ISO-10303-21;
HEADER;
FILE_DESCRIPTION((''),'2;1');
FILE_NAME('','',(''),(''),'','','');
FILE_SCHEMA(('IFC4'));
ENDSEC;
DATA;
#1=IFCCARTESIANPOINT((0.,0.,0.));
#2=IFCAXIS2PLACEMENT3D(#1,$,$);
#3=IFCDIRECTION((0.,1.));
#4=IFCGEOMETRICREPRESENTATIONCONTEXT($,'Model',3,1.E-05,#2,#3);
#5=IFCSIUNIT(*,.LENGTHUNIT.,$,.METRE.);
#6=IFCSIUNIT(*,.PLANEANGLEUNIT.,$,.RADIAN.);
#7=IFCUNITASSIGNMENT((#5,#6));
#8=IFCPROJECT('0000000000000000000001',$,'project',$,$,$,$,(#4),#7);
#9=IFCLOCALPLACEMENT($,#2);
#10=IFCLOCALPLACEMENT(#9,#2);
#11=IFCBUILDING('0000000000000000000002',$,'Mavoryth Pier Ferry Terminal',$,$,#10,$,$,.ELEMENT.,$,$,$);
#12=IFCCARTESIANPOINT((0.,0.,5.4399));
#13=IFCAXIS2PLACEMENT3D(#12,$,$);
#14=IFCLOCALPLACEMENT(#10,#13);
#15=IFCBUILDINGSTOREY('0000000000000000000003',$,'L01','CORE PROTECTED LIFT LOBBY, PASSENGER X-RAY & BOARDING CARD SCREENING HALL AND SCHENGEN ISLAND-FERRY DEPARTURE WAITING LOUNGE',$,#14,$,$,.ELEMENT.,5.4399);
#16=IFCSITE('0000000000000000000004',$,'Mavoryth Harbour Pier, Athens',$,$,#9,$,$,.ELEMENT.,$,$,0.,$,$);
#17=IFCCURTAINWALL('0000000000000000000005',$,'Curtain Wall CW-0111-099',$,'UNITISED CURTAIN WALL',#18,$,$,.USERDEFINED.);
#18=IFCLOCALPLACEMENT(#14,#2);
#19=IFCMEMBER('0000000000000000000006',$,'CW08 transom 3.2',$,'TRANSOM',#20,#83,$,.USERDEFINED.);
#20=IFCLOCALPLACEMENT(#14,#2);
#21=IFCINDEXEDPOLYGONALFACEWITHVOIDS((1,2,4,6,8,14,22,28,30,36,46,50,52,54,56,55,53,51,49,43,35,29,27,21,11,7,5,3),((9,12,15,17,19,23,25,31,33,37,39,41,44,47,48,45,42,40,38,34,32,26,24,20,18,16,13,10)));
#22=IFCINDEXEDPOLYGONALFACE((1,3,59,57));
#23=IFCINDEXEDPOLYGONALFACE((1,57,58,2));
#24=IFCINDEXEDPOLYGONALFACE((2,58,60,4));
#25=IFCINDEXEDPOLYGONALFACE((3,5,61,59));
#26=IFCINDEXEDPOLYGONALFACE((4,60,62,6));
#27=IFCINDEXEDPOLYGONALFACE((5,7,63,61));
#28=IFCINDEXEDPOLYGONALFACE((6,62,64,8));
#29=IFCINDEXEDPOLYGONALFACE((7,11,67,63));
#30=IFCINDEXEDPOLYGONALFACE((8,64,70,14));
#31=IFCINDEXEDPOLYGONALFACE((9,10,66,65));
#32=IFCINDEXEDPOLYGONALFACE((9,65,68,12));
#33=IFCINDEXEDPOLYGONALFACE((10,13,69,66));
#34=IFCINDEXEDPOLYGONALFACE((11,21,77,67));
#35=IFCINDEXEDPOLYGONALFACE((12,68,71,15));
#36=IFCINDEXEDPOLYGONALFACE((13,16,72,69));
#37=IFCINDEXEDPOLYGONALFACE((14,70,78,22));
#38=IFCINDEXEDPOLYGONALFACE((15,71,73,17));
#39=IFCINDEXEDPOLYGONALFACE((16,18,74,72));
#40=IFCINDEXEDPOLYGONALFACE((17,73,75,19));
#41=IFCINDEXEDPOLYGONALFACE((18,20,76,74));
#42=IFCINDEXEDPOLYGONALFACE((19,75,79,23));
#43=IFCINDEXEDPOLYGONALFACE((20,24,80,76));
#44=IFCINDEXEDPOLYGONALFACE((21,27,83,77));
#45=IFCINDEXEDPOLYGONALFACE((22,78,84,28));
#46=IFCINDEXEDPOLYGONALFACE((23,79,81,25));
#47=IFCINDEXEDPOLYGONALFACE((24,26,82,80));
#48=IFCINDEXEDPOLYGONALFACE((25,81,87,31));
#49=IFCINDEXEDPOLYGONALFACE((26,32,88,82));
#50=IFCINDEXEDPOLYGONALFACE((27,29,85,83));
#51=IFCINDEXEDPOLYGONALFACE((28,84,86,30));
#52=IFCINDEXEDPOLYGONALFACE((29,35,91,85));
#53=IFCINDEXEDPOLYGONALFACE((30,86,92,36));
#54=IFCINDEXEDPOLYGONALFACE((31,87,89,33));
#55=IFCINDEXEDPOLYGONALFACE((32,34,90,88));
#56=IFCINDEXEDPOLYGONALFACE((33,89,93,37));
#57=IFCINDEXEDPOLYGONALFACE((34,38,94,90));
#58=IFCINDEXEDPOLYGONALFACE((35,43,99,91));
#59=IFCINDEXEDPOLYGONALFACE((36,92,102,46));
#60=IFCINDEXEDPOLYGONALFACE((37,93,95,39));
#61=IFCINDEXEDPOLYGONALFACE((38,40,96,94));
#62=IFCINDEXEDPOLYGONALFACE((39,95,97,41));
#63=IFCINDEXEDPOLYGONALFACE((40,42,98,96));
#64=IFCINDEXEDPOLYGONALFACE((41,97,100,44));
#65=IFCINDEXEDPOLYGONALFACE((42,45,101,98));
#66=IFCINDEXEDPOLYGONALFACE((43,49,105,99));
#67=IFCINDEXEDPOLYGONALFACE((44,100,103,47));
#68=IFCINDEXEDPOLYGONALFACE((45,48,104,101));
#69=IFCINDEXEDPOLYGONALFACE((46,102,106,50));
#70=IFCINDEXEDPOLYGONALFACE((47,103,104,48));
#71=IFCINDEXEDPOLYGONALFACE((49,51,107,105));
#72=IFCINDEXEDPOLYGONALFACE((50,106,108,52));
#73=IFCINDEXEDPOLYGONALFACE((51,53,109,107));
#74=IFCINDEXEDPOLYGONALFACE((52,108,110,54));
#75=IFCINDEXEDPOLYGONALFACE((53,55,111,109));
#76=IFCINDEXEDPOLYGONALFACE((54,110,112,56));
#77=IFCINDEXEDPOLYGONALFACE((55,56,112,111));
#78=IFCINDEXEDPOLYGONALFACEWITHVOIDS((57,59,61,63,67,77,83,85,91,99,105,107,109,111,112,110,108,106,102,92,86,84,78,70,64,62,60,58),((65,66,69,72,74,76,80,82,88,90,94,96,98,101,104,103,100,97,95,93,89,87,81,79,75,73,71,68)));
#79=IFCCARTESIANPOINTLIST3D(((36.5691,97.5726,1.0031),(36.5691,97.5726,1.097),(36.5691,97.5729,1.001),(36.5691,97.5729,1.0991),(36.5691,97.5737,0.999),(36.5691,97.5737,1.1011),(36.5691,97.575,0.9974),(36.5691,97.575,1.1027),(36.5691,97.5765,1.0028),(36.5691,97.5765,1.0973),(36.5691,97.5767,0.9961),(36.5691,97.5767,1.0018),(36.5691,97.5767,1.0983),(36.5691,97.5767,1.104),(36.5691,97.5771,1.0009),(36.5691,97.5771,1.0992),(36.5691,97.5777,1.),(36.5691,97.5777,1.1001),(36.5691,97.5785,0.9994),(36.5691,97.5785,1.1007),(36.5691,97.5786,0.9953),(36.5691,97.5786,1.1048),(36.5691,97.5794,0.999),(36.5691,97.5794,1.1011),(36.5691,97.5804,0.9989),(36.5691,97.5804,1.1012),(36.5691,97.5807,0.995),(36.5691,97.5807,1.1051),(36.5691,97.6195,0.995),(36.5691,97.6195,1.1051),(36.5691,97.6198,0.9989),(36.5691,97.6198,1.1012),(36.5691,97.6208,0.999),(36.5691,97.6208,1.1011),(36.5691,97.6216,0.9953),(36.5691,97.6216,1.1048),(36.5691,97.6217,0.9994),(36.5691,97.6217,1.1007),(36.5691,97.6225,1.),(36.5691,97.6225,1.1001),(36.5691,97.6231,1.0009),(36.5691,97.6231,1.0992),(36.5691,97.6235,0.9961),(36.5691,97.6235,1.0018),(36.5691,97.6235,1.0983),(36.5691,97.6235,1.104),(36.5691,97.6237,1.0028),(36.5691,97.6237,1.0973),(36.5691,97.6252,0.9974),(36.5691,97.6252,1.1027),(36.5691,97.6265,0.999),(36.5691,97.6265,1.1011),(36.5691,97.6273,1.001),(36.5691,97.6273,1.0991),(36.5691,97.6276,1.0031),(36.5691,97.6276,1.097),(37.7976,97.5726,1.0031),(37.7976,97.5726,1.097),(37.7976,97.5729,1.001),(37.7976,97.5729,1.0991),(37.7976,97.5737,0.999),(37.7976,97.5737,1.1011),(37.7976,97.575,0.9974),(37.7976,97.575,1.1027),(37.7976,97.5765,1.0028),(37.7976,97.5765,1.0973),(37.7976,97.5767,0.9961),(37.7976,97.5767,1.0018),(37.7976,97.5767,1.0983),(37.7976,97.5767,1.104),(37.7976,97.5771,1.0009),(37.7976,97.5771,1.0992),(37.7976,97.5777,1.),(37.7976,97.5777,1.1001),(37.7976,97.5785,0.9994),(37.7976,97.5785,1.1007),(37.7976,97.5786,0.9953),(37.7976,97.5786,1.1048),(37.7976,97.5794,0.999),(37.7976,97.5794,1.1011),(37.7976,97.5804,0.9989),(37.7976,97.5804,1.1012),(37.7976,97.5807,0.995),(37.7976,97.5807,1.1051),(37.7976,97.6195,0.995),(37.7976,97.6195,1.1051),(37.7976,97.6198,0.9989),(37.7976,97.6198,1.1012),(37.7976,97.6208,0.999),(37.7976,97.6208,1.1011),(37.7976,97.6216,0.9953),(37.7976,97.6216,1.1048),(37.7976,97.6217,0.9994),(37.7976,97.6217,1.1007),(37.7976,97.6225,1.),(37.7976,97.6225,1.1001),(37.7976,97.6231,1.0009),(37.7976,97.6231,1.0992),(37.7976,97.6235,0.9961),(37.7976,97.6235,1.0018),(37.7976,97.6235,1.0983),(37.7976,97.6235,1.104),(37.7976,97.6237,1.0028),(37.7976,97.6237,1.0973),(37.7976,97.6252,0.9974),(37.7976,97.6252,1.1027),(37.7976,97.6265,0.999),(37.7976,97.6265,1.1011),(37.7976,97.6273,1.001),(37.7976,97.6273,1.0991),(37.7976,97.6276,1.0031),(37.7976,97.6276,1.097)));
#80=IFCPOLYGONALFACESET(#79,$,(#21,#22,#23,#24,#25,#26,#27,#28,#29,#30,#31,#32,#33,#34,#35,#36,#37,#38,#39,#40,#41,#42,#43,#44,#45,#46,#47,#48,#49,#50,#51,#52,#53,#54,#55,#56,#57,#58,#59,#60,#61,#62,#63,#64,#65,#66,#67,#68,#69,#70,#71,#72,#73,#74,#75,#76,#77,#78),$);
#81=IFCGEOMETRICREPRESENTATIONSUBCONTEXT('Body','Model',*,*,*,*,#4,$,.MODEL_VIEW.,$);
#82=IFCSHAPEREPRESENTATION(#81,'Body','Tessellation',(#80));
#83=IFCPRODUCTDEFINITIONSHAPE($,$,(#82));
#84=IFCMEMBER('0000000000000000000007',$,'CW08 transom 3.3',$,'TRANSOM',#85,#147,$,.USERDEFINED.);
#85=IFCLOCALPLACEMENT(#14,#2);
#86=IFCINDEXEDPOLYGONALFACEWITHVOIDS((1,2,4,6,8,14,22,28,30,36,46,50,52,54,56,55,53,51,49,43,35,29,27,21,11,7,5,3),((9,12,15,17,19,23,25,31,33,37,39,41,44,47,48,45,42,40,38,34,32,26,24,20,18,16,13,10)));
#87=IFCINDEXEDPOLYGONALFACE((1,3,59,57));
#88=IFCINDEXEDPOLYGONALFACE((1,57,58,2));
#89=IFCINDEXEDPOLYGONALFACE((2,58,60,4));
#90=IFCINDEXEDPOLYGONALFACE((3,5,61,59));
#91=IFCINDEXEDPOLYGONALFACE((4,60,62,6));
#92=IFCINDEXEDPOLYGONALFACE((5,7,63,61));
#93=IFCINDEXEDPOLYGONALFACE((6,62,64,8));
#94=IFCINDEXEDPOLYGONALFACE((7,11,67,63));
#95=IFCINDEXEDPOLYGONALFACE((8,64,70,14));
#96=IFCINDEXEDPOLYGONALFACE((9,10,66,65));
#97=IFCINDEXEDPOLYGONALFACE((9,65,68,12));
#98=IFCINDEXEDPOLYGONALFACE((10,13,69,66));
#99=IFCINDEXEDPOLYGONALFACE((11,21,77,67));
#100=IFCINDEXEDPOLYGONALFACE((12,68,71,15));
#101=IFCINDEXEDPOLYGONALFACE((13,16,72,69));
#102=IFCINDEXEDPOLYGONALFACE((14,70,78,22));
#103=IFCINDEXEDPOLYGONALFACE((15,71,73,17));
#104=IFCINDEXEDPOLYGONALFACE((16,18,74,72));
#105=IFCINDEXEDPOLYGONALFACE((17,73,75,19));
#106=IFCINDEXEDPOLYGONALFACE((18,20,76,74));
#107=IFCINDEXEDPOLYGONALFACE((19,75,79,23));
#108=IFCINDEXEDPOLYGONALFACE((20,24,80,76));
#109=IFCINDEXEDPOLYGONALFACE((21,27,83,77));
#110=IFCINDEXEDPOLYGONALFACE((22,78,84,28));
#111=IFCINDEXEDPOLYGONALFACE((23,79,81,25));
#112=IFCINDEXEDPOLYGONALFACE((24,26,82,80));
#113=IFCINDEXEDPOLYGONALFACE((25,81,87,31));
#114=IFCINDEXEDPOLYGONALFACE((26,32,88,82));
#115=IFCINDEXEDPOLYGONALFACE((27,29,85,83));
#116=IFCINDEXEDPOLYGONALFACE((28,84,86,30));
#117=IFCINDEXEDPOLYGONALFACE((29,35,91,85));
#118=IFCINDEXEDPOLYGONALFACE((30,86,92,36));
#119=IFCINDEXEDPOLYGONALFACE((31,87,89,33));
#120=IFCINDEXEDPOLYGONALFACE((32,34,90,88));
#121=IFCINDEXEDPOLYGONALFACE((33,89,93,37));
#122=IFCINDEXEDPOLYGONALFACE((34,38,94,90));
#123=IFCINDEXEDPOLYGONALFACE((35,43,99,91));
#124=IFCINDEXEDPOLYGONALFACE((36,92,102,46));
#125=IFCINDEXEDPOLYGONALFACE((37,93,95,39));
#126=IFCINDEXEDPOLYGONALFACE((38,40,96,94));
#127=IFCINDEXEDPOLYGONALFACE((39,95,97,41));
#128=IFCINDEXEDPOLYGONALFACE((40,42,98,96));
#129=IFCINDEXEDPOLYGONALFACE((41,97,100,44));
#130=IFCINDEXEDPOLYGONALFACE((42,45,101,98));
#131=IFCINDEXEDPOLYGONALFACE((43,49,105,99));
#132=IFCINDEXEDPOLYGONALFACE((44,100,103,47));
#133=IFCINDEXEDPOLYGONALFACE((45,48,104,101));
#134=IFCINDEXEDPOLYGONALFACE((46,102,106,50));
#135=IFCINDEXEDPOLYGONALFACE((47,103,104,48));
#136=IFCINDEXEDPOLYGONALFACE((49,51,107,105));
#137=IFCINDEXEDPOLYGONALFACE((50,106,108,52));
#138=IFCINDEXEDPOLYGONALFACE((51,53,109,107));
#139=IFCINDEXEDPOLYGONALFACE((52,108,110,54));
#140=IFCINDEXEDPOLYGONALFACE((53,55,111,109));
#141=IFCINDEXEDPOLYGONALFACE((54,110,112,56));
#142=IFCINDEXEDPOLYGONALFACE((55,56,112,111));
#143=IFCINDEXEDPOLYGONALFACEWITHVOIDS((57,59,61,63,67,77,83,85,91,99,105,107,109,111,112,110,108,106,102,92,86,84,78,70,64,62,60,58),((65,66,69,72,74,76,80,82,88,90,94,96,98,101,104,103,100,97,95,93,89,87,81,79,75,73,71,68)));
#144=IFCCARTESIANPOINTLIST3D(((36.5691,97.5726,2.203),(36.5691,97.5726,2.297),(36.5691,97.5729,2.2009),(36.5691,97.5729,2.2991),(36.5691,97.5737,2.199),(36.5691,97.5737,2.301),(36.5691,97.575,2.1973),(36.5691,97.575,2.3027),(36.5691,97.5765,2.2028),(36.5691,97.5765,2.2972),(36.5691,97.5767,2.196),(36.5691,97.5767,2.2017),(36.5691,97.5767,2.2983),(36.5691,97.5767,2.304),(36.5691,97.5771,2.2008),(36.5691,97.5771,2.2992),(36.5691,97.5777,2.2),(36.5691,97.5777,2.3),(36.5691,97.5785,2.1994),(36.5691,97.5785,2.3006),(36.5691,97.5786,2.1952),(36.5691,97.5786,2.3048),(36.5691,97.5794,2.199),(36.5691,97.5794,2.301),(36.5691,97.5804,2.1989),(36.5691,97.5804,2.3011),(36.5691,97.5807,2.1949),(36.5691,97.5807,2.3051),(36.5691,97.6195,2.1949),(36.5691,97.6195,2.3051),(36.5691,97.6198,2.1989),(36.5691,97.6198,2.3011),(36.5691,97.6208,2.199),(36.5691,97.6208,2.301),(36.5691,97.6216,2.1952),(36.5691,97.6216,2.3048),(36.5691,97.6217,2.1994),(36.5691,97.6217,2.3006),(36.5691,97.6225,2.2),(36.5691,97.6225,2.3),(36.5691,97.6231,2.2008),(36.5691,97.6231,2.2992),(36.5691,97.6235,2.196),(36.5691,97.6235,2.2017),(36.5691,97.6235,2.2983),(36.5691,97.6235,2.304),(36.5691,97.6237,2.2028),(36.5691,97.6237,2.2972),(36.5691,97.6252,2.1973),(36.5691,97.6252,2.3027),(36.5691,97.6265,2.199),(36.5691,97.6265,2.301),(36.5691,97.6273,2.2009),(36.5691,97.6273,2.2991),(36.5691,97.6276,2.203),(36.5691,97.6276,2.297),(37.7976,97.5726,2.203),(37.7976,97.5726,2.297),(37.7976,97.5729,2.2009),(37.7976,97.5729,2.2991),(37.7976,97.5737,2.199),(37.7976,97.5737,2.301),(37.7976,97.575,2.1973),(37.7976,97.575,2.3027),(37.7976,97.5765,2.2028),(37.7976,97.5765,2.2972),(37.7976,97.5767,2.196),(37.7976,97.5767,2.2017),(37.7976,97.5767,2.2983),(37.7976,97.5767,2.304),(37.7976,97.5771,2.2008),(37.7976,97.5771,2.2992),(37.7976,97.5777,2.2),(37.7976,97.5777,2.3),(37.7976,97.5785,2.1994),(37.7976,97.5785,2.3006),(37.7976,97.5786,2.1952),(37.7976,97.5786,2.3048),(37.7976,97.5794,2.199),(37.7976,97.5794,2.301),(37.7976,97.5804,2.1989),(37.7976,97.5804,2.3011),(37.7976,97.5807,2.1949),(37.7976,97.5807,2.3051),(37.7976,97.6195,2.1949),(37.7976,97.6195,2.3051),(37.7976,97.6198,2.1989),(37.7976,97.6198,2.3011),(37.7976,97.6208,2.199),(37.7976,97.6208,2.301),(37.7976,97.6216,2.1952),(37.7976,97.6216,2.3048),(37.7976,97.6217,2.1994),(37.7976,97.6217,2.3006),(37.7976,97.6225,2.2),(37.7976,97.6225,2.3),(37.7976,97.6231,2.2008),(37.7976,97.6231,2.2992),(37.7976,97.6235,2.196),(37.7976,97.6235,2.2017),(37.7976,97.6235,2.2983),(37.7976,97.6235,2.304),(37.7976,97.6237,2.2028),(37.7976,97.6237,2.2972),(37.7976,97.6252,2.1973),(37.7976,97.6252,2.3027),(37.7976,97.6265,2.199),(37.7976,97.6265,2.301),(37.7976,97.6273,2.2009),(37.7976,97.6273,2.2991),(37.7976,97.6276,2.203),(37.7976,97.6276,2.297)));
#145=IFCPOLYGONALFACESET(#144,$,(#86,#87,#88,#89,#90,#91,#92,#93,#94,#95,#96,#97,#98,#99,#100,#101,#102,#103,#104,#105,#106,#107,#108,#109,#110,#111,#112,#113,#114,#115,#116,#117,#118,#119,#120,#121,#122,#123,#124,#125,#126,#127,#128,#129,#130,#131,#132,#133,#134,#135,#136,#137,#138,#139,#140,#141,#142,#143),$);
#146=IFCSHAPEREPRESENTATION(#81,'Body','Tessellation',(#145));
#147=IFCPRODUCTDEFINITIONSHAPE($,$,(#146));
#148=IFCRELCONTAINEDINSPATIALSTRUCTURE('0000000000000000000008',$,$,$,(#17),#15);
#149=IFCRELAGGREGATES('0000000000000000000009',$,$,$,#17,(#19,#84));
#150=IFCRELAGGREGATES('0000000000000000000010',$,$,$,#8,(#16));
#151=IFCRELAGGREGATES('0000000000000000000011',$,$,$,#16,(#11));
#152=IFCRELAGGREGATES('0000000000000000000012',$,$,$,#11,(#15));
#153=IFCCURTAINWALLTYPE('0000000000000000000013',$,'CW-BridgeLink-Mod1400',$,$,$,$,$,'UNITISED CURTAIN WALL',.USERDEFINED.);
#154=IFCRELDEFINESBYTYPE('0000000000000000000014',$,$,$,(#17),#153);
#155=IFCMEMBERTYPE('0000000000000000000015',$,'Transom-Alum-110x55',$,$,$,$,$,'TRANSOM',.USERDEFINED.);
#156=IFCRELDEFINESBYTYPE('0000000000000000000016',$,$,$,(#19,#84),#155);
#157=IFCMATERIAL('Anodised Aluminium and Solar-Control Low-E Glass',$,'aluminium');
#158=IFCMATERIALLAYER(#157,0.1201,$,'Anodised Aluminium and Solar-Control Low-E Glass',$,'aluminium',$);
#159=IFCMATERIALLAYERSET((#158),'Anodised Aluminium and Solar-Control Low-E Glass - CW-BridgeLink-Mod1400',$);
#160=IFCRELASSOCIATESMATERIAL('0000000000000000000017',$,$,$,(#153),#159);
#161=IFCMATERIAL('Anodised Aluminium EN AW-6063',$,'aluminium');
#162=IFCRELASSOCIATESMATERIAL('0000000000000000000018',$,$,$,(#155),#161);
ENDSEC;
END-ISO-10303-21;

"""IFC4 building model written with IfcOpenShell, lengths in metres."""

from ifc_helpers import new_model, si_unit, direction, frame, origin, origin_2d, place, context, subcontext, project, spatial, hollow_rectangle, extrude, material, layer, layer_set, material_profile, profile_set, type_object, element, aggregate, save


model = new_model("IFC4")

# Units and contexts
model_context = context("Model", 3, precision=1e-05, world=origin(), true_north=direction((0.0, 1.0)))
body_context = subcontext(model_context, "Body", "Model", "MODEL_VIEW")
ifc_project = project(units=[si_unit("LENGTHUNIT", "METRE"), si_unit("PLANEANGLEUNIT", "RADIAN")], contexts=[model_context])

# Site, building, storey
site_placement = place(None, origin())
site = spatial("IfcSite", under=ifc_project, at=site_placement, Name="Mavoryth Harbour Pier, Athens", CompositionType="ELEMENT", RefElevation=0.0)
building_placement = place(site_placement, origin())
building = spatial("IfcBuilding", under=site, at=building_placement, Name="Mavoryth Pier Ferry Terminal", CompositionType="ELEMENT")
storey_placement = place(building_placement, frame((0.0, 0.0, 5.4399)))
storey = spatial("IfcBuildingStorey", under=building, at=storey_placement, Name="L01", Description="CORE PROTECTED LIFT LOBBY, PASSENGER X-RAY & BOARDING CARD SCREENING HALL AND SCHENGEN ISLAND-FERRY DEPARTURE WAITING LOUNGE", CompositionType="ELEMENT", Elevation=5.4399)

# Shared definitions
ifc_material_1 = material(Name="Anodised Aluminium and Solar-Control Low-E Glass", Category="aluminium")
ifc_layer_1 = layer(ifc_material_1, 0.1201, Name="Anodised Aluminium and Solar-Control Low-E Glass", Category="aluminium")
ifc_layer_set_1 = layer_set([ifc_layer_1], Name="Anodised Aluminium and Solar-Control Low-E Glass - CW-BridgeLink-Mod1400")
curtain_wall_type = type_object("IfcCurtainWallType", Name="CW-BridgeLink-Mod1400", ElementType="UNITISED CURTAIN WALL", PredefinedType="USERDEFINED", material=ifc_layer_set_1)
ifc_material_2 = material(Name="Anodised Aluminium EN AW-6063", Category="aluminium")

# Curtain wall
curtain_wall_1_placement = place(storey_placement, origin())
curtain_wall_1 = element("IfcCurtainWall", 1, at=curtain_wall_1_placement, inside=storey, type_object=curtain_wall_type, Name="Curtain Wall CW-0111-099", ObjectType="UNITISED CURTAIN WALL", PredefinedType="USERDEFINED")

# Members
ifc_material_profile_1 = material_profile(ifc_material_2, hollow_rectangle(XDim=0.0549, YDim=0.1101, WallThickness=0.0039, InnerFilletRadius=0.0039, OuterFilletRadius=0.0081, at=origin_2d()), Name="AL-TRAN 110x55x4", Category="aluminium")
ifc_profile_set_1 = profile_set([ifc_material_profile_1], Name="Anodised Aluminium EN AW-6063 - AL-TRAN 110x55x4")
member_type_1 = type_object("IfcMemberType", Name="Transom-Alum-110x55", ElementType="TRANSOM", PredefinedType="USERDEFINED", material=ifc_profile_set_1)
member_1_placement = place(storey_placement, frame((36.5691, 97.6001, 1.05), z_axis=(1.0, 0.0, 0.0), x_axis=(0.0, 1.0, 0.0)))
member_1 = element("IfcMember", 2, at=member_1_placement, type_object=member_type_1, Name="CW08 transom 3.2", ObjectType="TRANSOM", PredefinedType="USERDEFINED", context=body_context, shape_type="SweptSolid", body=[
    extrude(hollow_rectangle(XDim=0.0549, YDim=0.1101, WallThickness=0.0039, InnerFilletRadius=0.0039, OuterFilletRadius=0.0081, at=origin_2d()), origin(), (0.0, 0.0, 1.0), 1.2285),
])
member_2_placement = place(storey_placement, frame((36.5691, 97.6001, 2.25), z_axis=(1.0, 0.0, 0.0), x_axis=(0.0, 1.0, 0.0)))
member_2 = element("IfcMember", 3, at=member_2_placement, type_object=member_type_1, Name="CW08 transom 3.3", ObjectType="TRANSOM", PredefinedType="USERDEFINED", context=body_context, shape_type="SweptSolid", body=[
    extrude(hollow_rectangle(XDim=0.0549, YDim=0.1101, WallThickness=0.0039, InnerFilletRadius=0.0039, OuterFilletRadius=0.0081, at=origin_2d()), origin(), (0.0, 0.0, 1.0), 1.2285),
])

aggregate(curtain_wall_1, [member_1, member_2])

save(model, "model.ifc")
